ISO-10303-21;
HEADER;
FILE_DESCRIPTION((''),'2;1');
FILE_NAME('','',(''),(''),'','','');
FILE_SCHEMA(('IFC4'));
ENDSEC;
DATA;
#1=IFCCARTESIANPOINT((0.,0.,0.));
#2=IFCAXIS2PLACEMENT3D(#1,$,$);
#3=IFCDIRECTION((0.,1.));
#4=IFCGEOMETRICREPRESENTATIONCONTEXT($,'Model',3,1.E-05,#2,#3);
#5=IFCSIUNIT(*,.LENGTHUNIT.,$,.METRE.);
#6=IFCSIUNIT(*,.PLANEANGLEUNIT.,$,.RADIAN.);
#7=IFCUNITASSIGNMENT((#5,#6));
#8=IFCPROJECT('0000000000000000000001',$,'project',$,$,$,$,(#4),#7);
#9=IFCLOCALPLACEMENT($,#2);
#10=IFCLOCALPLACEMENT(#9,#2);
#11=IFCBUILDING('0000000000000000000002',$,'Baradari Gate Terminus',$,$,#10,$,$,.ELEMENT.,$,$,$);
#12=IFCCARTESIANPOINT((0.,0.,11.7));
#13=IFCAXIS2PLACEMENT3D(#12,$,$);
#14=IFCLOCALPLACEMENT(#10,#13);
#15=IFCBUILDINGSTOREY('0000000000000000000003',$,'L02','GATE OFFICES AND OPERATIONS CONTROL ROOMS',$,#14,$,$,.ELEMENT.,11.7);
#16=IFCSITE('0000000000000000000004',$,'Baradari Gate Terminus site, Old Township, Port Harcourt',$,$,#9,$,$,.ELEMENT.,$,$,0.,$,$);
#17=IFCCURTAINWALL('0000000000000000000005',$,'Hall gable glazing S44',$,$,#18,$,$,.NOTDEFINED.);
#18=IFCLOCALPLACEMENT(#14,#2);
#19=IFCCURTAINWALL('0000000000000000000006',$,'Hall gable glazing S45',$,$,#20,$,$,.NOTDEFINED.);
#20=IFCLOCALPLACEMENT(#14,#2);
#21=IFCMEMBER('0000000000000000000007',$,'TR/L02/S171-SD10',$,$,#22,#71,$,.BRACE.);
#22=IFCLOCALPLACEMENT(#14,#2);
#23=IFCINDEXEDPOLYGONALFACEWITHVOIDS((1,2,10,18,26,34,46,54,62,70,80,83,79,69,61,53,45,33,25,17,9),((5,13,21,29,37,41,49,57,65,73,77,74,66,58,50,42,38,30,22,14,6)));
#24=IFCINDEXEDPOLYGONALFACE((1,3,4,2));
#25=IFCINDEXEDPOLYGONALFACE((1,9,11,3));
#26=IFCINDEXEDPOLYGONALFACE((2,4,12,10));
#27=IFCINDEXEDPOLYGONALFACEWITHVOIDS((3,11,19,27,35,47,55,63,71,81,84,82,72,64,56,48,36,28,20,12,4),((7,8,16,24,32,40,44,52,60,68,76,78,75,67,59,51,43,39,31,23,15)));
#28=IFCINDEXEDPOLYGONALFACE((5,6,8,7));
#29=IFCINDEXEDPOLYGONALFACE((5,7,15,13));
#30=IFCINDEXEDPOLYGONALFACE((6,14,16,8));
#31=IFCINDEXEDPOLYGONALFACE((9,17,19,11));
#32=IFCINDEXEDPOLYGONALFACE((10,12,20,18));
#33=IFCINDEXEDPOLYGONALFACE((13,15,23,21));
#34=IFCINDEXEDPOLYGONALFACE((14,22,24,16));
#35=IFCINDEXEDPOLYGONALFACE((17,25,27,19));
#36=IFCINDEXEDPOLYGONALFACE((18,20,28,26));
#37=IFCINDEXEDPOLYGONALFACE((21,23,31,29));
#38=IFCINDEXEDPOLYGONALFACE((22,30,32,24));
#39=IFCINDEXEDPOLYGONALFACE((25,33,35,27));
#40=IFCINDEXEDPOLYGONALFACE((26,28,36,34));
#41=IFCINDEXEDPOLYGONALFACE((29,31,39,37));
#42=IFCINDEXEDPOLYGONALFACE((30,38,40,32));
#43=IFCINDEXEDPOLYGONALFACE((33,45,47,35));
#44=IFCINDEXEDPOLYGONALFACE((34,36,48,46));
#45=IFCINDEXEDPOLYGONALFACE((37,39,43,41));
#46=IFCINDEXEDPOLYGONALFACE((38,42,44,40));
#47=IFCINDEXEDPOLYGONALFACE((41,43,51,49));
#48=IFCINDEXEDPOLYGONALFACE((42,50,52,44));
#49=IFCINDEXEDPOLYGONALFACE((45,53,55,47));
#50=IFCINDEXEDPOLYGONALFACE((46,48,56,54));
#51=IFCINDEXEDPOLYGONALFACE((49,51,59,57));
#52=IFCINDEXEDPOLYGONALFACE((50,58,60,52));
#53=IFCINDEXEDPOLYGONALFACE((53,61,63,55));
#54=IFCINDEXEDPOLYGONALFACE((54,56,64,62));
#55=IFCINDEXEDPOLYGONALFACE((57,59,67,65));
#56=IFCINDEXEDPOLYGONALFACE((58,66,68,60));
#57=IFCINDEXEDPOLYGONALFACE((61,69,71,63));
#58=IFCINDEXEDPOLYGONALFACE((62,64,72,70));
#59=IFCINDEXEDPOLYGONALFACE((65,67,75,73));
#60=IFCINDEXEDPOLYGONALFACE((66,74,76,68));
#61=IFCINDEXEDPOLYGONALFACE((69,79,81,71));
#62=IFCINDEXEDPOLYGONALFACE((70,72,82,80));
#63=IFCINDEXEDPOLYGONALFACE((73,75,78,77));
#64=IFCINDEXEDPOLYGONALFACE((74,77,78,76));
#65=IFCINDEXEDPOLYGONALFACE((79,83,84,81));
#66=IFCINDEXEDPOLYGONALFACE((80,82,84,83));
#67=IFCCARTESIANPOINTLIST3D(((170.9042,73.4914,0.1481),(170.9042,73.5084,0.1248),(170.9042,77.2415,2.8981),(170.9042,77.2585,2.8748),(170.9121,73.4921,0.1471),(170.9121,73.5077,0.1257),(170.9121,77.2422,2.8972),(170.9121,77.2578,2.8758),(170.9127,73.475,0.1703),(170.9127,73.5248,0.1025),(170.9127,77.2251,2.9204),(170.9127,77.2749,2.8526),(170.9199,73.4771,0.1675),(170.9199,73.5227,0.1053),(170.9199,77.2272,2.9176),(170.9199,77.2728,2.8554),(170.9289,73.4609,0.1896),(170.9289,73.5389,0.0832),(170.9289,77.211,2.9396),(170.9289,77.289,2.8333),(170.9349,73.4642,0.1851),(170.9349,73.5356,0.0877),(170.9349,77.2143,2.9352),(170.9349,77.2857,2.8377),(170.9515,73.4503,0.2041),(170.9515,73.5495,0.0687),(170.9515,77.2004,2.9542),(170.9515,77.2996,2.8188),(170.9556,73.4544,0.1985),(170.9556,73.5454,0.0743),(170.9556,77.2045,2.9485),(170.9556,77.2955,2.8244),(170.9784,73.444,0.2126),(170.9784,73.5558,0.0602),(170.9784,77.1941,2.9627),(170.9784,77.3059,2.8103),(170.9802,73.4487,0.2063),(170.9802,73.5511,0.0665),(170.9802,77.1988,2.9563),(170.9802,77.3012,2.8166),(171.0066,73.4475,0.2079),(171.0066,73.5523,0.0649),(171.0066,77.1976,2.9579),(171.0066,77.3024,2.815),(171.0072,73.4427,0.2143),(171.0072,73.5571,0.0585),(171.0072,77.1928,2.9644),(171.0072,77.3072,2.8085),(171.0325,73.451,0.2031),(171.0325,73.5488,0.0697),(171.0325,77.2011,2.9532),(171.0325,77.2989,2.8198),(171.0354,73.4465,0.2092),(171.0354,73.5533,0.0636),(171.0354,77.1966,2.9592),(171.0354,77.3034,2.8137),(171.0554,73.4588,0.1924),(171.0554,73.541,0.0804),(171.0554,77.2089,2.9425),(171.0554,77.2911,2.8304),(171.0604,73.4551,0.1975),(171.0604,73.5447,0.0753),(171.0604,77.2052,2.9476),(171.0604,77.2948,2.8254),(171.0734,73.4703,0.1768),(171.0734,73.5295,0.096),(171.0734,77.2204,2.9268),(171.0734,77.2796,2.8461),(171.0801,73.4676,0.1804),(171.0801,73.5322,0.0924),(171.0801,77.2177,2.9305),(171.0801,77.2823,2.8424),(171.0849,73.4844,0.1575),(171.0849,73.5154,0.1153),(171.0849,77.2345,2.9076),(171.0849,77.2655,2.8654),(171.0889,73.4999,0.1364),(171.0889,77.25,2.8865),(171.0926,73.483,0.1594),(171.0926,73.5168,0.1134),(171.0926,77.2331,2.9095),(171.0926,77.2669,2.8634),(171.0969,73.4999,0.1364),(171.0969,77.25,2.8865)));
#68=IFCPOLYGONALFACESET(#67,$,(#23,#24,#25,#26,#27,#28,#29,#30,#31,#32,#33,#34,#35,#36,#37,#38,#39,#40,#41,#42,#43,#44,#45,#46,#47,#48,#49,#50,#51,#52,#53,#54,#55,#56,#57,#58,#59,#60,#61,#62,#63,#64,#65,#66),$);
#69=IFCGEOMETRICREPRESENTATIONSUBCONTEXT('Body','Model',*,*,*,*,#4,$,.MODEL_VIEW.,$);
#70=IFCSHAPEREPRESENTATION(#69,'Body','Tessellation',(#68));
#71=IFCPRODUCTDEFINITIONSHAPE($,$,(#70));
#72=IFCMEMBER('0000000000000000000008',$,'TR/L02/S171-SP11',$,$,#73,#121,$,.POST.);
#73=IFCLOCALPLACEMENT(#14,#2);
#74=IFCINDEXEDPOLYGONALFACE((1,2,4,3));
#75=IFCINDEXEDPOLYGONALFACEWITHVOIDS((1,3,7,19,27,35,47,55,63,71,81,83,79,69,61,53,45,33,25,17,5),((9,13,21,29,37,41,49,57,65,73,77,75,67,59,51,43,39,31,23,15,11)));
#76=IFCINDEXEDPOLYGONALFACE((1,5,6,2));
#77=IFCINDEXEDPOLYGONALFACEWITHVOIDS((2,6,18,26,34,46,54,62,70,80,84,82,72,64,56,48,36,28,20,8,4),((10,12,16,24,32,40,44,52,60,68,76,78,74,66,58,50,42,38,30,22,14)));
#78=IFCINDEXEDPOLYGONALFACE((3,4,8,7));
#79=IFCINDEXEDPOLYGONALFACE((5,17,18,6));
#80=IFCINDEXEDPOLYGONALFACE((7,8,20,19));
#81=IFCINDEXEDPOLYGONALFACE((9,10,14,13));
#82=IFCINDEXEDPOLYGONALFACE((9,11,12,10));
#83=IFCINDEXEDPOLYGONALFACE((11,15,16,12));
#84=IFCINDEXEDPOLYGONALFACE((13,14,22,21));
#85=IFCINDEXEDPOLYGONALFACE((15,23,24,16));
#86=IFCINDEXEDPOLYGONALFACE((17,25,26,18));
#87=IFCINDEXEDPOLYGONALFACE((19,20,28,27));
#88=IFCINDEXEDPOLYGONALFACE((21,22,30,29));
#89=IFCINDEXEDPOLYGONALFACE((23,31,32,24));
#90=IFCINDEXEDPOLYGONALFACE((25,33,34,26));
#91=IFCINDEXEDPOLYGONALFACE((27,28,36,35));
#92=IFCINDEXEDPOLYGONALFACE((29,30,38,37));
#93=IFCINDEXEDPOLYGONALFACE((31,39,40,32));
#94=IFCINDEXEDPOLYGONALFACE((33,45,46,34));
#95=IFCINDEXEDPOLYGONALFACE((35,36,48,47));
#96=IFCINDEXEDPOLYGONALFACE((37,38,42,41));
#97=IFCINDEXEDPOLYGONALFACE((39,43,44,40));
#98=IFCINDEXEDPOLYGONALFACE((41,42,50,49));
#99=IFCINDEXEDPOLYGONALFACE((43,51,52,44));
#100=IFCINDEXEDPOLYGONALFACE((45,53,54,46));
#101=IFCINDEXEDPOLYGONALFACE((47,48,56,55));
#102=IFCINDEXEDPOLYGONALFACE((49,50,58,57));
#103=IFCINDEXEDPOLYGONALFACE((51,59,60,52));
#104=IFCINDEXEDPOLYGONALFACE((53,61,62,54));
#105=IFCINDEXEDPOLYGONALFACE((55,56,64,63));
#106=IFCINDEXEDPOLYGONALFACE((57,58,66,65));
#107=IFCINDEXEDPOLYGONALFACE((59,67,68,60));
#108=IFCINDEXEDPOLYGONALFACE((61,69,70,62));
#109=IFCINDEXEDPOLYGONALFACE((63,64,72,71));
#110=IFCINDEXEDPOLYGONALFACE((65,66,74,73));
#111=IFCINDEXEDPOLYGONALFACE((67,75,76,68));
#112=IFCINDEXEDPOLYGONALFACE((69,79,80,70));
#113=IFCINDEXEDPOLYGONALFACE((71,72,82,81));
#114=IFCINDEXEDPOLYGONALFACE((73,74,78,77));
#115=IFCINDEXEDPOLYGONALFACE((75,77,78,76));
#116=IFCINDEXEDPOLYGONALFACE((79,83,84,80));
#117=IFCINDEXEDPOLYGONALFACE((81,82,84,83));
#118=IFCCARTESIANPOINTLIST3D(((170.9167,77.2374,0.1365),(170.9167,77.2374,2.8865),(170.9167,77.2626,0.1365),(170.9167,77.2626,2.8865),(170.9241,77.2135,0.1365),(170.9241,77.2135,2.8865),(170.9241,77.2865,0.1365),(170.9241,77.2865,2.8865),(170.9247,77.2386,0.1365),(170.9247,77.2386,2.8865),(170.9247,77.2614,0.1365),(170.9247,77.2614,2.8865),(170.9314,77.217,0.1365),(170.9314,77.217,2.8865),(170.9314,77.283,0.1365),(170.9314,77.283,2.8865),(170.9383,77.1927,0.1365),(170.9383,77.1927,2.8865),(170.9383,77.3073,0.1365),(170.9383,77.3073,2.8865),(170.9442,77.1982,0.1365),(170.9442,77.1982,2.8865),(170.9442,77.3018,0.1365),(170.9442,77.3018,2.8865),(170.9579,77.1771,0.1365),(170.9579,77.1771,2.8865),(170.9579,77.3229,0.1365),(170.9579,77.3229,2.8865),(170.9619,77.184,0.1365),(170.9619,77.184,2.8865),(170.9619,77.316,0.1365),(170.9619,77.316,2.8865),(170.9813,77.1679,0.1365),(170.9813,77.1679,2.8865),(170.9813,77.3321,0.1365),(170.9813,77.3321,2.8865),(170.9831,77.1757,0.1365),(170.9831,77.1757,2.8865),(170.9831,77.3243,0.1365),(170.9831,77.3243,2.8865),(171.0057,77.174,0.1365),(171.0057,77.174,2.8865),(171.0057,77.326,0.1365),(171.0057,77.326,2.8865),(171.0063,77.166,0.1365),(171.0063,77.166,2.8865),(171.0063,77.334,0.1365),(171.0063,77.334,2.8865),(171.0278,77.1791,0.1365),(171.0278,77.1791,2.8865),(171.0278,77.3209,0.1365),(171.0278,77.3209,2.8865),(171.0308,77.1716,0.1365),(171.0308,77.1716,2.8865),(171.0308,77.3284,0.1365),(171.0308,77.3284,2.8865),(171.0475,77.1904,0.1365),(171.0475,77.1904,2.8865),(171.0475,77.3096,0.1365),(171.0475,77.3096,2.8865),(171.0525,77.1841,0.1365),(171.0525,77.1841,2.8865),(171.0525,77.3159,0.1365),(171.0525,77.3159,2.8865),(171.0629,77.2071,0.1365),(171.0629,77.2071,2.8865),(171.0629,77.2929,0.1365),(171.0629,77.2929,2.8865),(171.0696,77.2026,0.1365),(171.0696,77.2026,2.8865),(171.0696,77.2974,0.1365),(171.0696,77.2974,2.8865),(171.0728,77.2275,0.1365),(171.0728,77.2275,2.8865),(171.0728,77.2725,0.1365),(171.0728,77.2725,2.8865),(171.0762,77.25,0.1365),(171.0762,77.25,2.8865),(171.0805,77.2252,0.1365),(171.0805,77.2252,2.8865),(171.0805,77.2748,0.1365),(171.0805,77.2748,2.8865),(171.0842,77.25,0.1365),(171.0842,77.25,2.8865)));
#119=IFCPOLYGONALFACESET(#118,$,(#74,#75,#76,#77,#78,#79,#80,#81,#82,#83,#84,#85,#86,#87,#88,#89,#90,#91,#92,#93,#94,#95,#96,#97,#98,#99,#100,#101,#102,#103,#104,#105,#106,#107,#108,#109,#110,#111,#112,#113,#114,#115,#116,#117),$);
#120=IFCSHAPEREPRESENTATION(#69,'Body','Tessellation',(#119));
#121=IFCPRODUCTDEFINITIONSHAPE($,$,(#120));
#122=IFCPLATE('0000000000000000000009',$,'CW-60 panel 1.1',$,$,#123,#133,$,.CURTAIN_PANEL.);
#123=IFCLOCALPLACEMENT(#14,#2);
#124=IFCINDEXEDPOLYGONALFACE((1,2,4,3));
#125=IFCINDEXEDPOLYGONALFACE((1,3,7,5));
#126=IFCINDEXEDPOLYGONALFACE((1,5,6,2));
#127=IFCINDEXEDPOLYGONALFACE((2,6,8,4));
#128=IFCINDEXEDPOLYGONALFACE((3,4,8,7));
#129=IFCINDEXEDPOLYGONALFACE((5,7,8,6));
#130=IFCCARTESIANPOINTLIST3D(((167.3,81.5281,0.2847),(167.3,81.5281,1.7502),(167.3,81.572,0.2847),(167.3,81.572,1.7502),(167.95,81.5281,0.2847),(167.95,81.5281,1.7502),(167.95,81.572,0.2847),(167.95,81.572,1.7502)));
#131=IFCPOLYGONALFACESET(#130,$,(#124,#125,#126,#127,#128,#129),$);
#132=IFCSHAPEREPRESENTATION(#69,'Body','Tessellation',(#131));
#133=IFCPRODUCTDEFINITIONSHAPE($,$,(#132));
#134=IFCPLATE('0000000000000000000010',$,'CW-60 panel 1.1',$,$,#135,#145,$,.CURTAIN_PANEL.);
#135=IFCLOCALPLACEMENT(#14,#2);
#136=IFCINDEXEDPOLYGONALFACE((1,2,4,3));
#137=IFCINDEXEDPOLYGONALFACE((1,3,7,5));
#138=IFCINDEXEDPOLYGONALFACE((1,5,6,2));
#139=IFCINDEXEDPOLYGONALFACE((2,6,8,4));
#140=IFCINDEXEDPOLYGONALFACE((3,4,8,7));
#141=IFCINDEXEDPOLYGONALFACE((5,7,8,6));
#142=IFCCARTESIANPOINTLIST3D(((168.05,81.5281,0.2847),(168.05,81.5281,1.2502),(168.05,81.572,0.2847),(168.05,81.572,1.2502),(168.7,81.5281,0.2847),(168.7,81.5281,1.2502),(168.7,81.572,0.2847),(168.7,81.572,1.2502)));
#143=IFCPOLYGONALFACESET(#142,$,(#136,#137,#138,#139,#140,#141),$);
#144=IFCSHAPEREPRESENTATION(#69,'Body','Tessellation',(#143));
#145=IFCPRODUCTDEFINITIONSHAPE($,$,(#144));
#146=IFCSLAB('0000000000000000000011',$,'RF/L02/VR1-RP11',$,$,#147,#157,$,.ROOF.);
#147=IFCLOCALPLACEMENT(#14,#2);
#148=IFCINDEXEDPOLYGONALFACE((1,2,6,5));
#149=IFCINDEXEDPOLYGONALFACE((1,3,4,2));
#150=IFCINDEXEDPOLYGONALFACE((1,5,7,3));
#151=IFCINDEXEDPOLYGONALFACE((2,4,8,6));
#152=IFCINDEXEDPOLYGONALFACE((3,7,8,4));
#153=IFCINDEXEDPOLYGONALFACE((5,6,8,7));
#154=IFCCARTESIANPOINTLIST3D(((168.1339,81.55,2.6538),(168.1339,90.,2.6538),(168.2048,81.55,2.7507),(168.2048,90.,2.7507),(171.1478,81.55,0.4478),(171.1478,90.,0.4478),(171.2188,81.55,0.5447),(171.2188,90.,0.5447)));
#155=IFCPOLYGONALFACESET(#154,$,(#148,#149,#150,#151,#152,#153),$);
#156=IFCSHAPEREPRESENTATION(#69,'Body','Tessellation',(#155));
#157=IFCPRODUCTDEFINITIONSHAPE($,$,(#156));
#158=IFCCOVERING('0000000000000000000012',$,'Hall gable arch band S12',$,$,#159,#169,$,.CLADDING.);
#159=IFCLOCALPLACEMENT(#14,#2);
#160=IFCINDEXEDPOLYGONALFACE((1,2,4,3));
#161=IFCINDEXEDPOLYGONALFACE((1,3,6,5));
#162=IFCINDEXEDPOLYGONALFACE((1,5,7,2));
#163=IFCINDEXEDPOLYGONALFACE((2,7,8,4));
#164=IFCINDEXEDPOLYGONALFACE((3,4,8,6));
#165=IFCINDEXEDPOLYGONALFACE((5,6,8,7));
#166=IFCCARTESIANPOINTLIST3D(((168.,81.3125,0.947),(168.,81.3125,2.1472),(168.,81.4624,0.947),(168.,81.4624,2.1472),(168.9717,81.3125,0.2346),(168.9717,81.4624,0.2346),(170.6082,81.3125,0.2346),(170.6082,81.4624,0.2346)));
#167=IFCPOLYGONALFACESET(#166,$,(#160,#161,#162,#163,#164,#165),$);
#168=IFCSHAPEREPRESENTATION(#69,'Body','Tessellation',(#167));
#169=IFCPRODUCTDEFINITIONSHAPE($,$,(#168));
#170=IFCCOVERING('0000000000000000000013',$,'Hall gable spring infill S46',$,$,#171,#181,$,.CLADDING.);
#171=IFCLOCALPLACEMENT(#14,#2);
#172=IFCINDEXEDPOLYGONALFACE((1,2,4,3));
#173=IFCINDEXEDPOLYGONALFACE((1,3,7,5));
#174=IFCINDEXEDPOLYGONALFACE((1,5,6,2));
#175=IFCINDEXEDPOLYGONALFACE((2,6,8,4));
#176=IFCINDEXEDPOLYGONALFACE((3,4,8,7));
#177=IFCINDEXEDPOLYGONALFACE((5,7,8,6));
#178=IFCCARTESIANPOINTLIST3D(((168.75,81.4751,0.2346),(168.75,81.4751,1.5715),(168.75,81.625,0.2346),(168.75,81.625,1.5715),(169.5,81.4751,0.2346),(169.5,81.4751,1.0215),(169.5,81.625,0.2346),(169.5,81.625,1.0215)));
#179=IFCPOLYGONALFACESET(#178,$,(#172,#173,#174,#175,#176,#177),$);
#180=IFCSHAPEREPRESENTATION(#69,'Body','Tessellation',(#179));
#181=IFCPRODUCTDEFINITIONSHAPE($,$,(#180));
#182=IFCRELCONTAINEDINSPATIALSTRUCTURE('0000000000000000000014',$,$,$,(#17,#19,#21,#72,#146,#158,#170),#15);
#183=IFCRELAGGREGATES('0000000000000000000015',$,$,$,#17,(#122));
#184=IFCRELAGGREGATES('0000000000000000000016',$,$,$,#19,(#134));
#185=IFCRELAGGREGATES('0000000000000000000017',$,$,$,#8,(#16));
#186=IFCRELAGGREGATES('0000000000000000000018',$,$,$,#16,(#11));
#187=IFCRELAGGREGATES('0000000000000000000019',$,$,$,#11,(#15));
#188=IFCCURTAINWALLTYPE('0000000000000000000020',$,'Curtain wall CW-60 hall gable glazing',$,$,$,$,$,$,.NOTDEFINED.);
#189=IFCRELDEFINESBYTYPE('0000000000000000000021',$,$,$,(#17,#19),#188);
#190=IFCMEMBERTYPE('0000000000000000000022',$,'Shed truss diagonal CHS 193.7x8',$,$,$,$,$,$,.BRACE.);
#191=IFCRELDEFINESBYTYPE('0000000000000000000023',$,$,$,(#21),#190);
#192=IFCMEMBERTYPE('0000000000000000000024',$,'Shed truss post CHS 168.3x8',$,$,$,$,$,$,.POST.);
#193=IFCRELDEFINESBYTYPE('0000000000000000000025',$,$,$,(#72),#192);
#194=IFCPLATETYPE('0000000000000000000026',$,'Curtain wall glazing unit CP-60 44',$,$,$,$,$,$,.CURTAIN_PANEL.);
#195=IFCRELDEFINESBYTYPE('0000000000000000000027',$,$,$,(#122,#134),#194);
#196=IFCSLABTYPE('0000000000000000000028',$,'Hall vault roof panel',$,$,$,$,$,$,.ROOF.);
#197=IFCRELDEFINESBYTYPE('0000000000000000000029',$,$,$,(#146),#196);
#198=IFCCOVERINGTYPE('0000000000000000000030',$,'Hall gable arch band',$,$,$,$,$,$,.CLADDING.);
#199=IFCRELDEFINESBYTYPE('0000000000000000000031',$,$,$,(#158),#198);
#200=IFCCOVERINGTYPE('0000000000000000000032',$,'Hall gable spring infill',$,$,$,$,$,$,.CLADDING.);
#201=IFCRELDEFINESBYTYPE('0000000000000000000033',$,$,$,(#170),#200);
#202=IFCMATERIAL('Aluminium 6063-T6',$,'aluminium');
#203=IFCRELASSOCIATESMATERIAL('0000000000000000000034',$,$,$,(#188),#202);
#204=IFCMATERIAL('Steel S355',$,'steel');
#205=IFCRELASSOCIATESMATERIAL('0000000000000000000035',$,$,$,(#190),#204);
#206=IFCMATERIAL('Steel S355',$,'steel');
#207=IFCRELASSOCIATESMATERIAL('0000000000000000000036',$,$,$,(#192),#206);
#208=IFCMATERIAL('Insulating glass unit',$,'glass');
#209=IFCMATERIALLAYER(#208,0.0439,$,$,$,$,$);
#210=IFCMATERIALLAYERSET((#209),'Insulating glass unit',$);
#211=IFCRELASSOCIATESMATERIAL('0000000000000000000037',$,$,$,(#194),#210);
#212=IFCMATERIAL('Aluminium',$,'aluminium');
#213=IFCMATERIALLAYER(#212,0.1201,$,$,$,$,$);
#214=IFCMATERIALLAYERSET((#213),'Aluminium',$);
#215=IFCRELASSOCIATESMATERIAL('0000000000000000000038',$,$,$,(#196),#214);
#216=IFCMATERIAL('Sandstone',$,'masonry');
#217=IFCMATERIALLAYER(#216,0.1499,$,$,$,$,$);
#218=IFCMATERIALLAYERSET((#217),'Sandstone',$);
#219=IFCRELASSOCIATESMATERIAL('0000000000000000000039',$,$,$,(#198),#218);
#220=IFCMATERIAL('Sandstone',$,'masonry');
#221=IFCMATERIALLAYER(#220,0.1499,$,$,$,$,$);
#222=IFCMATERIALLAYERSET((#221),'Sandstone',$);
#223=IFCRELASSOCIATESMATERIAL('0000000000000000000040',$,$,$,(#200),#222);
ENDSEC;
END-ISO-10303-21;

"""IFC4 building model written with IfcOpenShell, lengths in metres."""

from ifc_helpers import new_model, si_unit, direction, frame, origin, origin_2d, place, context, subcontext, project, spatial, polyline, rectangle, hollow_circle, outline, extrude, material, layer, layer_set, material_profile, profile_set, type_object, element, aggregate, save


model = new_model("IFC4")

# Units and contexts
model_context = context("Model", 3, precision=1e-05, world=origin(), true_north=direction((0.0, 1.0)))
body_context = subcontext(model_context, "Body", "Model", "MODEL_VIEW")
ifc_project = project(units=[si_unit("LENGTHUNIT", "METRE"), si_unit("PLANEANGLEUNIT", "RADIAN")], contexts=[model_context])

# Site, building, storey
site_placement = place(None, origin())
site = spatial("IfcSite", under=ifc_project, at=site_placement, Name="Baradari Gate Terminus site, Old Township, Port Harcourt", CompositionType="ELEMENT", RefElevation=0.0)
building_placement = place(site_placement, origin())
building = spatial("IfcBuilding", under=site, at=building_placement, Name="Baradari Gate Terminus", CompositionType="ELEMENT")
storey_placement = place(building_placement, frame((0.0, 0.0, 11.7)))
storey = spatial("IfcBuildingStorey", under=building, at=storey_placement, Name="L02", Description="GATE OFFICES AND OPERATIONS CONTROL ROOMS", CompositionType="ELEMENT", Elevation=11.7)

# Curtain wall
ifc_material_1 = material(Name="Aluminium 6063-T6", Category="aluminium")
curtain_wall_type = type_object("IfcCurtainWallType", Name="Curtain wall CW-60 hall gable glazing", PredefinedType="NOTDEFINED", material=ifc_material_1)
curtain_wall_1_placement = place(storey_placement, origin())
curtain_wall_1 = element("IfcCurtainWall", 1, at=curtain_wall_1_placement, inside=storey, type_object=curtain_wall_type, Name="Hall gable glazing S44", PredefinedType="NOTDEFINED")

# Curtain wall
curtain_wall_2_placement = place(storey_placement, origin())
curtain_wall_2 = element("IfcCurtainWall", 2, at=curtain_wall_2_placement, inside=storey, type_object=curtain_wall_type, Name="Hall gable glazing S45", PredefinedType="NOTDEFINED")

# Members
ifc_material_2 = material(Name="Steel S355", Category="steel")
ifc_material_profile_1 = material_profile(ifc_material_2, hollow_circle(Radius=0.0969, WallThickness=0.0081, at=origin_2d()), Name="CHS 193.7x8")
ifc_profile_set_1 = profile_set([ifc_material_profile_1], Name="Steel S355")
member_type_1 = type_object("IfcMemberType", Name="Shed truss diagonal CHS 193.7x8", PredefinedType="BRACE", material=ifc_profile_set_1)
member_1_placement = place(storey_placement, frame((171.0, 77.25, 2.8865), z_axis=(0.0, -0.806405, -0.591364), x_axis=(1.0, 0.0, 0.0)))
element("IfcMember", 3, at=member_1_placement, inside=storey, type_object=member_type_1, Name="TR/L02/S171-SD10", PredefinedType="BRACE", context=body_context, shape_type="SweptSolid", body=[
    extrude(hollow_circle(Radius=0.0969, WallThickness=0.0081, at=origin_2d()), origin(), (0.0, 0.0, 1.0), 4.6504),
])
ifc_material_3 = material(Name="Steel S355", Category="steel")
ifc_material_profile_2 = material_profile(ifc_material_3, hollow_circle(Radius=0.0842, WallThickness=0.0081, at=origin_2d()), Name="CHS 168.3x8")
ifc_profile_set_2 = profile_set([ifc_material_profile_2], Name="Steel S355")
member_type_2 = type_object("IfcMemberType", Name="Shed truss post CHS 168.3x8", PredefinedType="POST", material=ifc_profile_set_2)
member_2_placement = place(storey_placement, frame((171.0, 77.25, 0.1365), z_axis=(0.0, 0.0, 1.0), x_axis=(1.0, 0.0, 0.0)))
element("IfcMember", 4, at=member_2_placement, inside=storey, type_object=member_type_2, Name="TR/L02/S171-SP11", PredefinedType="POST", context=body_context, shape_type="SweptSolid", body=[
    extrude(hollow_circle(Radius=0.0842, WallThickness=0.0081, at=origin_2d()), origin(), (0.0, 0.0, 1.0), 2.75),
])

# Plates
ifc_material_4 = material(Name="Insulating glass unit", Category="glass")
ifc_layer_1 = layer(ifc_material_4, 0.0439)
ifc_layer_set_1 = layer_set([ifc_layer_1], Name="Insulating glass unit")
plate_type = type_object("IfcPlateType", Name="Curtain wall glazing unit CP-60 44", PredefinedType="CURTAIN_PANEL", material=ifc_layer_set_1)
plate_1_placement = place(storey_placement, frame((167.625, 81.55, 0.2847), z_axis=(0.0, 0.0, 1.0), x_axis=(1.0, 0.0, 0.0)))
plate_1 = element("IfcPlate", 5, at=plate_1_placement, type_object=plate_type, Name="CW-60 panel 1.1", PredefinedType="CURTAIN_PANEL", context=body_context, shape_type="SweptSolid", body=[
    extrude(rectangle(XDim=0.6499, YDim=0.0439, at=origin_2d()), origin(), (0.0, 0.0, 1.0), 1.4656),
])
aggregate(curtain_wall_1, [plate_1])
plate_2_placement = place(storey_placement, frame((168.375, 81.55, 0.2847), z_axis=(0.0, 0.0, 1.0), x_axis=(1.0, 0.0, 0.0)))
plate_2 = element("IfcPlate", 6, at=plate_2_placement, type_object=plate_type, Name="CW-60 panel 1.1", PredefinedType="CURTAIN_PANEL", context=body_context, shape_type="SweptSolid", body=[
    extrude(rectangle(XDim=0.6499, YDim=0.0439, at=origin_2d()), origin(), (0.0, 0.0, 1.0), 0.9656),
])
aggregate(curtain_wall_2, [plate_2])

# Slab
ifc_material_5 = material(Name="Aluminium", Category="aluminium")
ifc_layer_2 = layer(ifc_material_5, 0.1201)
ifc_layer_set_2 = layer_set([ifc_layer_2], Name="Aluminium")
slab_type = type_object("IfcSlabType", Name="Hall vault roof panel", PredefinedType="ROOF", material=ifc_layer_set_2)
slab_placement = place(storey_placement, frame((168.2048, 81.55, 2.7507), z_axis=(0.590641, 0.0, 0.806935), x_axis=(0.0, 1.0, 0.0)))
element("IfcSlab", 7, at=slab_placement, inside=storey, type_object=slab_type, Name="RF/L02/VR1-RP11", PredefinedType="ROOF", context=body_context, shape_type="SweptSolid", body=[
    extrude(outline(polyline([(0.0, 0.0), (8.45, 0.0), (8.45, -3.735), (0.0, -3.735), (0.0, 0.0)])), origin(), (0.0, 0.0, -1.0), 0.1201),
])

# Coverings
ifc_material_6 = material(Name="Sandstone", Category="masonry")
ifc_layer_3 = layer(ifc_material_6, 0.1499)
ifc_layer_set_3 = layer_set([ifc_layer_3], Name="Sandstone")
covering_type_1 = type_object("IfcCoveringType", Name="Hall gable arch band", PredefinedType="CLADDING", material=ifc_layer_set_3)
covering_1_placement = place(storey_placement, frame((168.0, 81.3875, 0.2346), z_axis=(0.0, 0.0, 1.0), x_axis=(1.0, 0.0, 0.0)))
element("IfcCovering", 8, at=covering_1_placement, inside=storey, type_object=covering_type_1, Name="Hall gable arch band S12", PredefinedType="CLADDING", context=body_context, shape_type="SweptSolid", body=[
    extrude(outline(polyline([(0.9717, 0.0), (2.6082, 0.0), (0.0, 1.9126), (0.0, 0.7124), (0.9717, 0.0)])), frame((0.0, 0.075, 0.0), z_axis=(0.0, -1.0, 0.0), x_axis=(1.0, 0.0, 0.0)), (0.0, 0.0, 1.0), 0.1499),
])
ifc_material_7 = material(Name="Sandstone", Category="masonry")
ifc_layer_4 = layer(ifc_material_7, 0.1499)
ifc_layer_set_4 = layer_set([ifc_layer_4], Name="Sandstone")
covering_type_2 = type_object("IfcCoveringType", Name="Hall gable spring infill", PredefinedType="CLADDING", material=ifc_layer_set_4)
covering_2_placement = place(storey_placement, frame((168.75, 81.55, 0.2346), z_axis=(0.0, 0.0, 1.0), x_axis=(1.0, 0.0, 0.0)))
element("IfcCovering", 9, at=covering_2_placement, inside=storey, type_object=covering_type_2, Name="Hall gable spring infill S46", PredefinedType="CLADDING", context=body_context, shape_type="SweptSolid", body=[
    extrude(outline(polyline([(0.0, 0.0), (0.75, 0.0), (0.75, 0.7869), (0.0, 1.3369), (0.0, 0.0)])), frame((0.0, 0.075, 0.0), z_axis=(0.0, -1.0, 0.0), x_axis=(1.0, 0.0, 0.0)), (0.0, 0.0, 1.0), 0.1499),
])

save(model, "model.ifc")
